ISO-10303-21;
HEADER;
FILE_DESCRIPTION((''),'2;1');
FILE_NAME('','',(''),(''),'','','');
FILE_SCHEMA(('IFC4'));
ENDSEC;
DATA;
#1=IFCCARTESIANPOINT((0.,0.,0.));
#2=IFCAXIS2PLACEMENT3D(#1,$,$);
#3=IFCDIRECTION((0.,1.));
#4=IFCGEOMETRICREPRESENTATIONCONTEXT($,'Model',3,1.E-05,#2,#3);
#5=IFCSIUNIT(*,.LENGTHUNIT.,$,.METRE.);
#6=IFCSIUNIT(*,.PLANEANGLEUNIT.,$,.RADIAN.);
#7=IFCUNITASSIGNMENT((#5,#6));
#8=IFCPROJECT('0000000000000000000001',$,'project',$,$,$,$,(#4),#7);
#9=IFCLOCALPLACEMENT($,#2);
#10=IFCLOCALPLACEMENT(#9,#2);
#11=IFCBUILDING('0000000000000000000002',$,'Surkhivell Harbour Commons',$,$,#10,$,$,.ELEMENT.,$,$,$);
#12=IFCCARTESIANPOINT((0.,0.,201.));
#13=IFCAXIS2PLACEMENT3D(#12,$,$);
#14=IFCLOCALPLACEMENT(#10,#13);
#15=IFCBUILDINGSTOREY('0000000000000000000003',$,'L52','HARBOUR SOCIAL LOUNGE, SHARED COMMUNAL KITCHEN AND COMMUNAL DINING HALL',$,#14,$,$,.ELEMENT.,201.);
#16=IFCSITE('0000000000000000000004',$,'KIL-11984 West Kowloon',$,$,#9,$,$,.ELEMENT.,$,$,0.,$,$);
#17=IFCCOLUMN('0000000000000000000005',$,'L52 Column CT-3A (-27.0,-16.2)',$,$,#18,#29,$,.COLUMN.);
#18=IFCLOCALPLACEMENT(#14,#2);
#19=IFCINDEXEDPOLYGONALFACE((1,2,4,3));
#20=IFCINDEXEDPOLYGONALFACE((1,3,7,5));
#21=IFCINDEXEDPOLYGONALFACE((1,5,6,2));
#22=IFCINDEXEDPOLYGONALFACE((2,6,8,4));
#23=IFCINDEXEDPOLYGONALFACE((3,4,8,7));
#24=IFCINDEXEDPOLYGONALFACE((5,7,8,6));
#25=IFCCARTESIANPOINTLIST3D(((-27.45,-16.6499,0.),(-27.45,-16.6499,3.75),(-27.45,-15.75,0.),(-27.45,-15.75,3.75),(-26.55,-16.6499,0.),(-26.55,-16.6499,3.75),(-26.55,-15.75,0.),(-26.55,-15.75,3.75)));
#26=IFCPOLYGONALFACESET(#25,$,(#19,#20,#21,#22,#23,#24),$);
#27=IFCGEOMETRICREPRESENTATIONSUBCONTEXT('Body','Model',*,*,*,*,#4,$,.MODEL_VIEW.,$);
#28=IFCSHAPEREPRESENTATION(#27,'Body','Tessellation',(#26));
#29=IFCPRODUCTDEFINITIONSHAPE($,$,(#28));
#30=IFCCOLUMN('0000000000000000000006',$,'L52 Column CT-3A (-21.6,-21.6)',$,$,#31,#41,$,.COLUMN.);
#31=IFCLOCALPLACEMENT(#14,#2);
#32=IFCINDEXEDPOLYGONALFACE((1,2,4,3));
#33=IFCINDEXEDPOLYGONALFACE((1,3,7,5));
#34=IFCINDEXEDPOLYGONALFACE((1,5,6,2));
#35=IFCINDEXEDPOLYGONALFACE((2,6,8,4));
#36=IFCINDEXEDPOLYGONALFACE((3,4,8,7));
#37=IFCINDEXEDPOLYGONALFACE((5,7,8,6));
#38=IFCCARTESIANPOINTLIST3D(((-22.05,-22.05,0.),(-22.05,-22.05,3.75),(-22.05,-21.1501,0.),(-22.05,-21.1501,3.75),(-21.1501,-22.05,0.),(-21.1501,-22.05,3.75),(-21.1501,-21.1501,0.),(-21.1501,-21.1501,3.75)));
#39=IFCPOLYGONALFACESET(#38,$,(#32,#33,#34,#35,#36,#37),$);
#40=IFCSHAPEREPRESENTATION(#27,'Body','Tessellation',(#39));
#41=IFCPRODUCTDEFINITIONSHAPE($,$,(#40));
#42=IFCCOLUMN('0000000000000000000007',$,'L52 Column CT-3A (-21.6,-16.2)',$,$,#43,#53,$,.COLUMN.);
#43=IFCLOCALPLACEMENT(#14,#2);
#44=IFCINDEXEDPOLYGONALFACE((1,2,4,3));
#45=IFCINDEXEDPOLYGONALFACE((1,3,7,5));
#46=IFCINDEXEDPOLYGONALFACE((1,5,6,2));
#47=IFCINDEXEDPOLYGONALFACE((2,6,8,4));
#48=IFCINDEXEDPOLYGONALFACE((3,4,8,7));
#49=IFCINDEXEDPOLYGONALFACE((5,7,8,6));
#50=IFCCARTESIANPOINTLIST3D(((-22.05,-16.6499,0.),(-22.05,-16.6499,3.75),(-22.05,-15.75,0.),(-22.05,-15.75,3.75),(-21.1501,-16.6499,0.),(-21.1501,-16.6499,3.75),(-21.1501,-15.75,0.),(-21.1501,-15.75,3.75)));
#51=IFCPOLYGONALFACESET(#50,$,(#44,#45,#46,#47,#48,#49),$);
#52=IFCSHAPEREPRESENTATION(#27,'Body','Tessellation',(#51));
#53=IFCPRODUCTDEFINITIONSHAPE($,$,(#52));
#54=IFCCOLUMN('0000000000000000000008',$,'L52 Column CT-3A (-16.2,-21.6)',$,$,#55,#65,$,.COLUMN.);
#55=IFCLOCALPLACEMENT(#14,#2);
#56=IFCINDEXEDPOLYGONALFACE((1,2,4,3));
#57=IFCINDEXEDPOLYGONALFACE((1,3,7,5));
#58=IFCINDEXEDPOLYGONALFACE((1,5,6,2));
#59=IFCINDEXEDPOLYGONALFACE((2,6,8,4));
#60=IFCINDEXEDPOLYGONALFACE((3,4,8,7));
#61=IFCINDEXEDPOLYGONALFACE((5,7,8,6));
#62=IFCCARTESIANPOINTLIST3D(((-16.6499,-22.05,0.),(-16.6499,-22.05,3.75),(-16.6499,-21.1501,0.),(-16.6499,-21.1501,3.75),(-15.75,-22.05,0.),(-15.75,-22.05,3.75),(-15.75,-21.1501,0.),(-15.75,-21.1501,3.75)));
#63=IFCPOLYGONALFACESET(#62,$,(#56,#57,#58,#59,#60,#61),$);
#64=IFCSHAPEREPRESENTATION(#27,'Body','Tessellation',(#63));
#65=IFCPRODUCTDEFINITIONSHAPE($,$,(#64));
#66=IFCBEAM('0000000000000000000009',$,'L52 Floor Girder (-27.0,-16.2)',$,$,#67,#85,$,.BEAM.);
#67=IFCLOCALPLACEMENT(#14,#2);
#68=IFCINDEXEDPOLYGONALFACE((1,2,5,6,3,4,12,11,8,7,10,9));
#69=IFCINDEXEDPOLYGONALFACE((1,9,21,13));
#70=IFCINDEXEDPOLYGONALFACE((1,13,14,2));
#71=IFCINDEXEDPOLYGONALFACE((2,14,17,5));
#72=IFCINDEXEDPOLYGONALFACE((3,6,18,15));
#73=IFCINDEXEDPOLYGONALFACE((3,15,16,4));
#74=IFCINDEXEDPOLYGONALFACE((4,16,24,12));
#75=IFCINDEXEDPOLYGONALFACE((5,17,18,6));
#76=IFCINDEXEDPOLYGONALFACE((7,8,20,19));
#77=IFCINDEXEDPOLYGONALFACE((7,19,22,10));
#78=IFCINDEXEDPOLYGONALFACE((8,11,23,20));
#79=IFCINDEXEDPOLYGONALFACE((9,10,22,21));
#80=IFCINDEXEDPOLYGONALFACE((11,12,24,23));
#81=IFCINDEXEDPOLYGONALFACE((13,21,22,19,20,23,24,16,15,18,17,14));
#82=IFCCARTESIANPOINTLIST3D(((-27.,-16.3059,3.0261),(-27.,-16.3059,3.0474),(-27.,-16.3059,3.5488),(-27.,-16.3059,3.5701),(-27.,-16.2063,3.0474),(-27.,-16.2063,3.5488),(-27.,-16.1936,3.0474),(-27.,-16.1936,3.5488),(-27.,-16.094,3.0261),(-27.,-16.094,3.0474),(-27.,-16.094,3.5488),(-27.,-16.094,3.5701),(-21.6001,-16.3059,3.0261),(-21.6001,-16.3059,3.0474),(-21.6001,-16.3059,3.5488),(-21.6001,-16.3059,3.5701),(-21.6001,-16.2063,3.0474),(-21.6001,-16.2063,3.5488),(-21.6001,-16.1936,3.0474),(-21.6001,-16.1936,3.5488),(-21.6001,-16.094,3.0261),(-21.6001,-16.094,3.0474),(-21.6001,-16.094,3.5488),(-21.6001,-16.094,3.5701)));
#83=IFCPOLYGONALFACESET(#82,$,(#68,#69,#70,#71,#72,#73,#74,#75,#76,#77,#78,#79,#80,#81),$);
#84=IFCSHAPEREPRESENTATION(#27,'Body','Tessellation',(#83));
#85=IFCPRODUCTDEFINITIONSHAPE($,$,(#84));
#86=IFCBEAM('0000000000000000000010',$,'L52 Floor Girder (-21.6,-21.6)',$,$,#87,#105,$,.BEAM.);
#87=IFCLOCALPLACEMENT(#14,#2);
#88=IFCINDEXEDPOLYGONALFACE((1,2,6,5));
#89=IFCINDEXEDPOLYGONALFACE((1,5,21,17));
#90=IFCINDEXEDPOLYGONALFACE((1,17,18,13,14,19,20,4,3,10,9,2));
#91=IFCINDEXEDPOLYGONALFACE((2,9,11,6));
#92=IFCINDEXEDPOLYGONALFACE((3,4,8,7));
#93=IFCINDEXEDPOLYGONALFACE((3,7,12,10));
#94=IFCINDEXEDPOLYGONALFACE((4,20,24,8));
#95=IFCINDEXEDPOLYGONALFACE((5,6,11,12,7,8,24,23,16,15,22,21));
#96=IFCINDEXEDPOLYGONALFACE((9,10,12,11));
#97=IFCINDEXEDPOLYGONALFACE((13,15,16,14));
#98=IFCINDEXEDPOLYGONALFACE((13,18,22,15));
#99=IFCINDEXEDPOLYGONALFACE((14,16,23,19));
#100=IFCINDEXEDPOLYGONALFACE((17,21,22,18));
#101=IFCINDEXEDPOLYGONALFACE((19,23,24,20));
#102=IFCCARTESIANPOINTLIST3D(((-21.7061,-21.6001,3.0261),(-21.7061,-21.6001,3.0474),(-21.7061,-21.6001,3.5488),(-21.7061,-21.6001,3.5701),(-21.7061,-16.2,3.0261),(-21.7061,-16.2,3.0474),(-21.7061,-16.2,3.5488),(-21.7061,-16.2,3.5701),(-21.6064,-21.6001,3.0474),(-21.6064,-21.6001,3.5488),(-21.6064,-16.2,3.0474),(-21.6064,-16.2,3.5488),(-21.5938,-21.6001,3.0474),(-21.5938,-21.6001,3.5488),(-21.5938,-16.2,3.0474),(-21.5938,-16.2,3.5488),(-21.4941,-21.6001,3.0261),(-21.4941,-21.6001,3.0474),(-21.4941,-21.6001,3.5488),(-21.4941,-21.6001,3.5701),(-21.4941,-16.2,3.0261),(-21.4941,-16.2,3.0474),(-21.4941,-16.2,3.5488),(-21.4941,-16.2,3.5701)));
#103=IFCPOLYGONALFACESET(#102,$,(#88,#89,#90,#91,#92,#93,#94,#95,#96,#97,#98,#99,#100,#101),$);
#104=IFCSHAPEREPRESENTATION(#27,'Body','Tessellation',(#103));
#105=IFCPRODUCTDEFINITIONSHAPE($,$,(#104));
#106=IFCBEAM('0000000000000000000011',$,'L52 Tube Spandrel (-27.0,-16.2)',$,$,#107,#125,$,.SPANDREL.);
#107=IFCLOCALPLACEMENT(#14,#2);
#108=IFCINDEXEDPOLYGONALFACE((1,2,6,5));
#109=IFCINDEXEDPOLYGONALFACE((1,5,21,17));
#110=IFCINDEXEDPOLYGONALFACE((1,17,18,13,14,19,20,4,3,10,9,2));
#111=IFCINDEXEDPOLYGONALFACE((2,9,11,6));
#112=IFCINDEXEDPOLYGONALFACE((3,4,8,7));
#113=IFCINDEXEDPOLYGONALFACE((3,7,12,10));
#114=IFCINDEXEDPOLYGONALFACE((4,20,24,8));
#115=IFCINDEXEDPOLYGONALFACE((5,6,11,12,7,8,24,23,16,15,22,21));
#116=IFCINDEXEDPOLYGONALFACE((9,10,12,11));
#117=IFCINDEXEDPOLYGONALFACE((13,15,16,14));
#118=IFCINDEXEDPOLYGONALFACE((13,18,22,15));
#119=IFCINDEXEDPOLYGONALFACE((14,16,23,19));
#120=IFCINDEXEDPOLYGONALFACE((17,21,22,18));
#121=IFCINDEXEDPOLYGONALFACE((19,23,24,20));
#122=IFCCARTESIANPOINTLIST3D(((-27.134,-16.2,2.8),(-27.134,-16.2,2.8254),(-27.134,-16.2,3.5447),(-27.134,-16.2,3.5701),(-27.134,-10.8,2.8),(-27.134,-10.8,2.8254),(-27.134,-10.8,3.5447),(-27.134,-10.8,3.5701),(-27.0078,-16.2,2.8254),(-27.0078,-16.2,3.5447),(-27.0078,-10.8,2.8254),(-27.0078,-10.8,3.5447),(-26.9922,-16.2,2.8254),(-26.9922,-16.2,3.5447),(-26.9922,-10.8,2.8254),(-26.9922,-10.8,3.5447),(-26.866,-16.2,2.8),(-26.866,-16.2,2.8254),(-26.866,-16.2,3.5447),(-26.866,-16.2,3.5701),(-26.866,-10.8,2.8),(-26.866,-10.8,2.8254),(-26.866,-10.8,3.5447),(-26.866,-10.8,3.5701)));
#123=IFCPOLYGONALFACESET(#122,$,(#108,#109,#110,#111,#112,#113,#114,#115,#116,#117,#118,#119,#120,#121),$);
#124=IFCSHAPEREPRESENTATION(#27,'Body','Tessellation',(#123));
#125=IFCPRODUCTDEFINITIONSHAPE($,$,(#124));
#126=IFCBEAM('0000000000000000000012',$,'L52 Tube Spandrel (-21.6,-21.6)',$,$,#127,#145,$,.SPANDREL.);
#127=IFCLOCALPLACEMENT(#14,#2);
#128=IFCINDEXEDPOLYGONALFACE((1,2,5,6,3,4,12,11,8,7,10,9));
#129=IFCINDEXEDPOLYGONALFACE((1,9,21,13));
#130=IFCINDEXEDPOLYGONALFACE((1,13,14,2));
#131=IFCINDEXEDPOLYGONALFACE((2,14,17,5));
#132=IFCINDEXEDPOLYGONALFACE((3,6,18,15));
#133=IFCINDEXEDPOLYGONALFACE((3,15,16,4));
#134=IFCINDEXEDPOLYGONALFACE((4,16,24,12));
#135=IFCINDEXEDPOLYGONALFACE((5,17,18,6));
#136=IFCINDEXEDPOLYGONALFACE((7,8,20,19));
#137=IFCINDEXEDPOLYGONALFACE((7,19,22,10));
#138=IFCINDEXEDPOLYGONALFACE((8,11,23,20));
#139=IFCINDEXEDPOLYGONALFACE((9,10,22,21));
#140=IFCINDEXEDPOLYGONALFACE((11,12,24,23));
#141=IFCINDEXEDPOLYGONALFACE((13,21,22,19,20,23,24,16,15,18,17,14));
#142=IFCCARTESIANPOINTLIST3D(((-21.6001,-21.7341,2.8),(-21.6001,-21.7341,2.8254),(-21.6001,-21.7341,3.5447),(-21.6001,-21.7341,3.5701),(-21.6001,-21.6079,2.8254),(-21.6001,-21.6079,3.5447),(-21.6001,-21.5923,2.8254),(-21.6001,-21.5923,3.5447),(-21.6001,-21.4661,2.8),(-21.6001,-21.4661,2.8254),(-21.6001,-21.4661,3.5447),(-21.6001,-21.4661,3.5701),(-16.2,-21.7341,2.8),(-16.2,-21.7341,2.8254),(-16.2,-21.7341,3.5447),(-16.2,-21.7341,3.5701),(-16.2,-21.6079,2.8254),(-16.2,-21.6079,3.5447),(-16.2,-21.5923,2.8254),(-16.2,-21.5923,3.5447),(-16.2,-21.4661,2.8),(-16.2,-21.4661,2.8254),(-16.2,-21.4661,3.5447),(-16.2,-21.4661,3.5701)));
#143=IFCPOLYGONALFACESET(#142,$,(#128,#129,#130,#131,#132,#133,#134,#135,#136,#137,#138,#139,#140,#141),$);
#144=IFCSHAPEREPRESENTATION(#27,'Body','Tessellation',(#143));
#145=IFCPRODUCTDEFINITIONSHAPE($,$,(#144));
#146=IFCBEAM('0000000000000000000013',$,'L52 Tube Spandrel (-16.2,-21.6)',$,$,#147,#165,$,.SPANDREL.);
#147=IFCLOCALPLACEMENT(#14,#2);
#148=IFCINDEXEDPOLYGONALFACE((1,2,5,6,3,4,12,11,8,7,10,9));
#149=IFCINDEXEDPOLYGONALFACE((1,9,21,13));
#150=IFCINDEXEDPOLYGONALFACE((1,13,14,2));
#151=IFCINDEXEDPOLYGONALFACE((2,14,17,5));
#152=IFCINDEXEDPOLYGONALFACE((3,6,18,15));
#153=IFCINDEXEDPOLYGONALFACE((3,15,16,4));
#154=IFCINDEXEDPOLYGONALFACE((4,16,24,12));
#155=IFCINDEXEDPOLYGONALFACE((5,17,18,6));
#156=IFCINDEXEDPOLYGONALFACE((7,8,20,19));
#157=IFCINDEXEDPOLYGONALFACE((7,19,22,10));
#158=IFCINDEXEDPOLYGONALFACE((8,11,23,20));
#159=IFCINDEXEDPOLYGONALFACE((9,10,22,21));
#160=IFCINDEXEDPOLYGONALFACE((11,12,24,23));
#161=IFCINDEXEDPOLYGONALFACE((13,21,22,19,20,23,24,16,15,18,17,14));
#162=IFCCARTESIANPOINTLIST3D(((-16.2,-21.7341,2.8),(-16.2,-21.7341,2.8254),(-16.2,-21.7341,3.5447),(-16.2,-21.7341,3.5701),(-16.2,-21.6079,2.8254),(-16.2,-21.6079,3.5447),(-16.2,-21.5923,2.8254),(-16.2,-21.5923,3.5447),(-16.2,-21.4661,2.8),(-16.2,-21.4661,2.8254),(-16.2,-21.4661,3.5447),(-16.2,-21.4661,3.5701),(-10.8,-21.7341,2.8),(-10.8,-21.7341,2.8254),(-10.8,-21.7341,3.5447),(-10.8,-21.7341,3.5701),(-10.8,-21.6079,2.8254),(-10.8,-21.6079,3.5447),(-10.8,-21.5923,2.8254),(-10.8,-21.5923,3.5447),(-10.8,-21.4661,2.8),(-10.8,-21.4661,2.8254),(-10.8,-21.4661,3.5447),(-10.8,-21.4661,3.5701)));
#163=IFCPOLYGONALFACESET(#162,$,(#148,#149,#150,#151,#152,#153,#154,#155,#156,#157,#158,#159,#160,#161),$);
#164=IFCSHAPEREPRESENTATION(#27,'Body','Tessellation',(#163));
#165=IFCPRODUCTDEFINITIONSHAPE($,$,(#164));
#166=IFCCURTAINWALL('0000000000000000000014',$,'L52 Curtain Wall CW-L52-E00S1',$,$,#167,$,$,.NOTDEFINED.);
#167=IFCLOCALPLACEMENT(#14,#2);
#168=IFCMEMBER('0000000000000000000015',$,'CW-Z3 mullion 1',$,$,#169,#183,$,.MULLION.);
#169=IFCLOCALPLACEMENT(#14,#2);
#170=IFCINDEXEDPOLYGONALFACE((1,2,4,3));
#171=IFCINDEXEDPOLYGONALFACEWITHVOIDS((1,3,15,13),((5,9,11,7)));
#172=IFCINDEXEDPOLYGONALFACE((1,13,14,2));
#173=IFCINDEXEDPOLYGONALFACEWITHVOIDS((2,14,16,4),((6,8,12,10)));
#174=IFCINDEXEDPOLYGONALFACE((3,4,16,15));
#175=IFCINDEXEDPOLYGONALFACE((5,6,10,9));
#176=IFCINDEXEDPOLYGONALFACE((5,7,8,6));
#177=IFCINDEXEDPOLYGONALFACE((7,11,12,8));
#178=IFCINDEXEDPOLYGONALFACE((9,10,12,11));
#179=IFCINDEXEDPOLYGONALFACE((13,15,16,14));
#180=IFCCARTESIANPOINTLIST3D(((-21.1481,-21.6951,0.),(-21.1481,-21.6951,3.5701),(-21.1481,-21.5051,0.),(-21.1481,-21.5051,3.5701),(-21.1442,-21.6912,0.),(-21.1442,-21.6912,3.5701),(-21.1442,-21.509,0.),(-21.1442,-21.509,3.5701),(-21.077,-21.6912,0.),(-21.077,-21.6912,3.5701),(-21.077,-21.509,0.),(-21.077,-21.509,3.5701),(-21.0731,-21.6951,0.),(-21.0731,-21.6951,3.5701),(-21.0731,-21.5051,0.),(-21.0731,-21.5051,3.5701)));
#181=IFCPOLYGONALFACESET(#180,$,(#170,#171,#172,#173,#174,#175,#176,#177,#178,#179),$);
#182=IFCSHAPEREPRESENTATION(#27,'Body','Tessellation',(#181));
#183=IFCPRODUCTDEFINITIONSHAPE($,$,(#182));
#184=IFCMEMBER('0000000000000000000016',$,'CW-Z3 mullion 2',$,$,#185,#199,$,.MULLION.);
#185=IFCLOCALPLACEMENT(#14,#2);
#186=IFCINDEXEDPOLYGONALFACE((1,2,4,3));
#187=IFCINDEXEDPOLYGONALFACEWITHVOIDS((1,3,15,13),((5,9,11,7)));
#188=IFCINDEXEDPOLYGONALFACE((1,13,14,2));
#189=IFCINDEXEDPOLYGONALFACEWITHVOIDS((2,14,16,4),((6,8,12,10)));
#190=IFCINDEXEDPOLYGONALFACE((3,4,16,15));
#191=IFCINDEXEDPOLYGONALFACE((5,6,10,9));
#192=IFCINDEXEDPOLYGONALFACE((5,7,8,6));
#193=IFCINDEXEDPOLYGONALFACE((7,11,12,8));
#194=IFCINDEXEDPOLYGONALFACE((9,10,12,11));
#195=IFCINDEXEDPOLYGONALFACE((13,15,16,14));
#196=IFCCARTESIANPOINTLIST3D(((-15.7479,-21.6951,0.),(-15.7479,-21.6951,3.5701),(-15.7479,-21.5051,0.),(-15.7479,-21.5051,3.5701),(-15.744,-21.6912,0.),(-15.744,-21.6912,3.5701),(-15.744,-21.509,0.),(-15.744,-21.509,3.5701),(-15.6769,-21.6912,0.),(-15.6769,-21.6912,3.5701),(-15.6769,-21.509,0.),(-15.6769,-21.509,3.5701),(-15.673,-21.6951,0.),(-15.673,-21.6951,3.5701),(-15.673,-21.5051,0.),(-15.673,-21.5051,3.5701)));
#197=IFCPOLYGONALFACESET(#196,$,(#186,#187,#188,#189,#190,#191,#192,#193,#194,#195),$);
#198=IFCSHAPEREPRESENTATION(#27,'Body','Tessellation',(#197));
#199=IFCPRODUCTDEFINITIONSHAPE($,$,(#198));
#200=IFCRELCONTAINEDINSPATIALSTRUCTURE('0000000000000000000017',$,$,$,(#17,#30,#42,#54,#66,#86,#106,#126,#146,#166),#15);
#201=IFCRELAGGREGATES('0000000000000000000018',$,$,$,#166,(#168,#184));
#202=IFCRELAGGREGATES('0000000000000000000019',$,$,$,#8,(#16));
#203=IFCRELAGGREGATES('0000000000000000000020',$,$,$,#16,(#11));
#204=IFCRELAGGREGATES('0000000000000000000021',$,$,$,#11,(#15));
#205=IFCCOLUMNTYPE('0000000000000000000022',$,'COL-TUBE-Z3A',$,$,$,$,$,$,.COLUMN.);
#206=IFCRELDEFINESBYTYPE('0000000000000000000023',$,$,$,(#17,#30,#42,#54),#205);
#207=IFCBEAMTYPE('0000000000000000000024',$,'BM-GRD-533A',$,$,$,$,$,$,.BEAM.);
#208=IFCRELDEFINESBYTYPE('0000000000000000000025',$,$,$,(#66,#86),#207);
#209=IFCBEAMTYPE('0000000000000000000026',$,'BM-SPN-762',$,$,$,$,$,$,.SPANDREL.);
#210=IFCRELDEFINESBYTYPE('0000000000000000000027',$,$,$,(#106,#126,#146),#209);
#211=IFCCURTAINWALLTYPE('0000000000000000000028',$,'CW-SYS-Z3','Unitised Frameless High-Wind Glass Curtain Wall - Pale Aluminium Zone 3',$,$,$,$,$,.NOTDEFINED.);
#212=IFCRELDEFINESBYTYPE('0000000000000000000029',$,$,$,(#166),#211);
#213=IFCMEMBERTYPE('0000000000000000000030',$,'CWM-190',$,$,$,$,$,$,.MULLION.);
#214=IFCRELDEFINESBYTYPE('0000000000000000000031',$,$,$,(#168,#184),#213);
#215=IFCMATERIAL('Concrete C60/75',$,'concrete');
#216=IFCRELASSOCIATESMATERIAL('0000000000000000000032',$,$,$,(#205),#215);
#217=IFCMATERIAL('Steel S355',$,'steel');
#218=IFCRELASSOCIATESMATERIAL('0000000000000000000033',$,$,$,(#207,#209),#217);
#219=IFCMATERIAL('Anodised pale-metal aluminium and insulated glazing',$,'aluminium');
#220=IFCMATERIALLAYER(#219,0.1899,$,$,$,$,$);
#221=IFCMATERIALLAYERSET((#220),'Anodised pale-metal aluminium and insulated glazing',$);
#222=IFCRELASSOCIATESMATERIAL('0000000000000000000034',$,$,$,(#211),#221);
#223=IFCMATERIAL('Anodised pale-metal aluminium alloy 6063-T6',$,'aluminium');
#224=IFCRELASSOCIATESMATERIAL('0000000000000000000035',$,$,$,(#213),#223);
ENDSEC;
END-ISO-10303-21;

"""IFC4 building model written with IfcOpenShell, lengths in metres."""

from ifc_helpers import new_model, si_unit, direction, frame, origin, origin_2d, place, context, subcontext, project, spatial, rectangle, hollow_rectangle, i_section, extrude, material, layer, layer_set, material_profile, profile_set, type_object, element, aggregate, save


model = new_model("IFC4")

# Units and contexts
model_context = context("Model", 3, precision=1e-05, world=origin(), true_north=direction((0.0, 1.0)))
body_context = subcontext(model_context, "Body", "Model", "MODEL_VIEW")
ifc_project = project(units=[si_unit("LENGTHUNIT", "METRE"), si_unit("PLANEANGLEUNIT", "RADIAN")], contexts=[model_context])

# Site, building, storey
site_placement = place(None, origin())
site = spatial("IfcSite", under=ifc_project, at=site_placement, Name="KIL-11984 West Kowloon", CompositionType="ELEMENT", RefElevation=0.0)
building_placement = place(site_placement, origin())
building = spatial("IfcBuilding", under=site, at=building_placement, Name="Surkhivell Harbour Commons", CompositionType="ELEMENT")
storey_placement = place(building_placement, frame((0.0, 0.0, 201.0)))
storey = spatial("IfcBuildingStorey", under=building, at=storey_placement, Name="L52", Description="HARBOUR SOCIAL LOUNGE, SHARED COMMUNAL KITCHEN AND COMMUNAL DINING HALL", CompositionType="ELEMENT", Elevation=201.0)

# Columns
ifc_material_1 = material(Name="Concrete C60/75", Category="concrete")
ifc_material_profile_1 = material_profile(ifc_material_1, rectangle(XDim=0.8999, YDim=0.8999, at=origin_2d()), Name="RC-COL-900x900")
ifc_profile_set_1 = profile_set([ifc_material_profile_1], Name="Concrete C60/75")
column_type = type_object("IfcColumnType", Name="COL-TUBE-Z3A", PredefinedType="COLUMN", material=ifc_profile_set_1)
for number, where, z_axis, x_axis, name in (
    (1, (-27.0, -16.2, 0.0), (0.0, 0.0, 1.0), (1.0, 0.0, 0.0), "L52 Column CT-3A (-27.0,-16.2)"),
    (2, (-21.6001, -21.6001, 0.0), (0.0, 0.0, 1.0), (1.0, 0.0, 0.0), "L52 Column CT-3A (-21.6,-21.6)"),
    (3, (-21.6001, -16.2, 0.0), (0.0, 0.0, 1.0), (1.0, 0.0, 0.0), "L52 Column CT-3A (-21.6,-16.2)"),
    (4, (-16.2, -21.6001, 0.0), (0.0, 0.0, 1.0), (1.0, 0.0, 0.0), "L52 Column CT-3A (-16.2,-21.6)"),
):
    element("IfcColumn", number, at=place(storey_placement, frame(where, z_axis=z_axis, x_axis=x_axis)), inside=storey, type_object=column_type, Name=name, PredefinedType="COLUMN", context=body_context, shape_type="SweptSolid", body=[
        extrude(rectangle(XDim=0.8999, YDim=0.8999, at=origin_2d()), origin(), (0.0, 0.0, 1.0), 3.75),
    ])

# Beams
ifc_material_2 = material(Name="Steel S355", Category="steel")
ifc_material_profile_2 = material_profile(ifc_material_2, i_section(OverallWidth=0.2119, OverallDepth=0.5439, WebThickness=0.0127, FlangeThickness=0.0212, at=origin_2d()), Name="UB533x210x122")
ifc_profile_set_2 = profile_set([ifc_material_profile_2], Name="Steel S355")
beam_type_1 = type_object("IfcBeamType", Name="BM-GRD-533A", PredefinedType="BEAM", material=ifc_profile_set_2)
beam_1_placement = place(storey_placement, frame((-27.0, -16.2, 3.2981), z_axis=(1.0, 0.0, 0.0), x_axis=(0.0, 1.0, 0.0)))
element("IfcBeam", 5, at=beam_1_placement, inside=storey, type_object=beam_type_1, Name="L52 Floor Girder (-27.0,-16.2)", PredefinedType="BEAM", context=body_context, shape_type="SweptSolid", body=[
    extrude(i_section(OverallWidth=0.2119, OverallDepth=0.5439, WebThickness=0.0127, FlangeThickness=0.0212, at=origin_2d()), origin(), (0.0, 0.0, 1.0), 5.3999),
])
beam_2_placement = place(storey_placement, frame((-21.6001, -21.6001, 3.2981), z_axis=(0.0, 1.0, 0.0), x_axis=(-1.0, 0.0, 0.0)))
element("IfcBeam", 6, at=beam_2_placement, inside=storey, type_object=beam_type_1, Name="L52 Floor Girder (-21.6,-21.6)", PredefinedType="BEAM", context=body_context, shape_type="SweptSolid", body=[
    extrude(i_section(OverallWidth=0.2119, OverallDepth=0.5439, WebThickness=0.0127, FlangeThickness=0.0212, at=origin_2d()), origin(), (0.0, 0.0, 1.0), 5.4001),
])
ifc_material_profile_3 = material_profile(ifc_material_2, i_section(OverallWidth=0.2681, OverallDepth=0.77, WebThickness=0.0156, FlangeThickness=0.0254, at=origin_2d()), Name="UB762x267x197")
ifc_profile_set_3 = profile_set([ifc_material_profile_3], Name="Steel S355")
beam_type_2 = type_object("IfcBeamType", Name="BM-SPN-762", PredefinedType="SPANDREL", material=ifc_profile_set_3)
beam_3_placement = place(storey_placement, frame((-27.0, -16.2, 3.1851), z_axis=(0.0, 1.0, 0.0), x_axis=(-1.0, 0.0, 0.0)))
element("IfcBeam", 7, at=beam_3_placement, inside=storey, type_object=beam_type_2, Name="L52 Tube Spandrel (-27.0,-16.2)", PredefinedType="SPANDREL", context=body_context, shape_type="SweptSolid", body=[
    extrude(i_section(OverallWidth=0.2681, OverallDepth=0.77, WebThickness=0.0156, FlangeThickness=0.0254, at=origin_2d()), origin(), (0.0, 0.0, 1.0), 5.3999),
])
beam_4_placement = place(storey_placement, frame((-21.6001, -21.6001, 3.1851), z_axis=(1.0, 0.0, 0.0), x_axis=(0.0, 1.0, 0.0)))
element("IfcBeam", 8, at=beam_4_placement, inside=storey, type_object=beam_type_2, Name="L52 Tube Spandrel (-21.6,-21.6)", PredefinedType="SPANDREL", context=body_context, shape_type="SweptSolid", body=[
    extrude(i_section(OverallWidth=0.2681, OverallDepth=0.77, WebThickness=0.0156, FlangeThickness=0.0254, at=origin_2d()), origin(), (0.0, 0.0, 1.0), 5.4001),
])
beam_5_placement = place(storey_placement, frame((-16.2, -21.6001, 3.1851), z_axis=(1.0, 0.0, 0.0), x_axis=(0.0, 1.0, 0.0)))
element("IfcBeam", 9, at=beam_5_placement, inside=storey, type_object=beam_type_2, Name="L52 Tube Spandrel (-16.2,-21.6)", PredefinedType="SPANDREL", context=body_context, shape_type="SweptSolid", body=[
    extrude(i_section(OverallWidth=0.2681, OverallDepth=0.77, WebThickness=0.0156, FlangeThickness=0.0254, at=origin_2d()), origin(), (0.0, 0.0, 1.0), 5.3999),
])

# Curtain wall, members
ifc_material_3 = material(Name="Anodised pale-metal aluminium and insulated glazing", Category="aluminium")
ifc_layer_1 = layer(ifc_material_3, 0.1899)
ifc_layer_set_1 = layer_set([ifc_layer_1], Name="Anodised pale-metal aluminium and insulated glazing")
curtain_wall_type = type_object("IfcCurtainWallType", Name="CW-SYS-Z3", Description="Unitised Frameless High-Wind Glass Curtain Wall - Pale Aluminium Zone 3", PredefinedType="NOTDEFINED", material=ifc_layer_set_1)
curtain_wall_placement = place(storey_placement, origin())
curtain_wall = element("IfcCurtainWall", 10, at=curtain_wall_placement, inside=storey, type_object=curtain_wall_type, Name="L52 Curtain Wall CW-L52-E00S1", PredefinedType="NOTDEFINED")
ifc_material_4 = material(Name="Anodised pale-metal aluminium alloy 6063-T6", Category="aluminium")
ifc_material_profile_4 = material_profile(ifc_material_4, hollow_rectangle(XDim=0.075, YDim=0.1899, WallThickness=0.0039, at=origin_2d()), Name="ALU-MULL-75x190")
ifc_profile_set_4 = profile_set([ifc_material_profile_4], Name="Anodised pale-metal aluminium alloy 6063-T6")
member_type_1 = type_object("IfcMemberType", Name="CWM-190", PredefinedType="MULLION", material=ifc_profile_set_4)
member_1_placement = place(storey_placement, frame((-21.1106, -21.6001, 0.0), z_axis=(0.0, 0.0, 1.0), x_axis=(1.0, 0.0, 0.0)))
member_1 = element("IfcMember", 11, at=member_1_placement, type_object=member_type_1, Name="CW-Z3 mullion 1", PredefinedType="MULLION", context=body_context, shape_type="SweptSolid", body=[
    extrude(hollow_rectangle(XDim=0.075, YDim=0.1899, WallThickness=0.0039, at=origin_2d()), origin(), (0.0, 0.0, 1.0), 3.5701),
])
member_2_placement = place(storey_placement, frame((-15.7104, -21.6001, 0.0), z_axis=(0.0, 0.0, 1.0), x_axis=(1.0, 0.0, 0.0)))
member_2 = element("IfcMember", 12, at=member_2_placement, type_object=member_type_1, Name="CW-Z3 mullion 2", PredefinedType="MULLION", context=body_context, shape_type="SweptSolid", body=[
    extrude(hollow_rectangle(XDim=0.075, YDim=0.1899, WallThickness=0.0039, at=origin_2d()), origin(), (0.0, 0.0, 1.0), 3.5701),
])
aggregate(curtain_wall, [member_1, member_2])

save(model, "model.ifc")
